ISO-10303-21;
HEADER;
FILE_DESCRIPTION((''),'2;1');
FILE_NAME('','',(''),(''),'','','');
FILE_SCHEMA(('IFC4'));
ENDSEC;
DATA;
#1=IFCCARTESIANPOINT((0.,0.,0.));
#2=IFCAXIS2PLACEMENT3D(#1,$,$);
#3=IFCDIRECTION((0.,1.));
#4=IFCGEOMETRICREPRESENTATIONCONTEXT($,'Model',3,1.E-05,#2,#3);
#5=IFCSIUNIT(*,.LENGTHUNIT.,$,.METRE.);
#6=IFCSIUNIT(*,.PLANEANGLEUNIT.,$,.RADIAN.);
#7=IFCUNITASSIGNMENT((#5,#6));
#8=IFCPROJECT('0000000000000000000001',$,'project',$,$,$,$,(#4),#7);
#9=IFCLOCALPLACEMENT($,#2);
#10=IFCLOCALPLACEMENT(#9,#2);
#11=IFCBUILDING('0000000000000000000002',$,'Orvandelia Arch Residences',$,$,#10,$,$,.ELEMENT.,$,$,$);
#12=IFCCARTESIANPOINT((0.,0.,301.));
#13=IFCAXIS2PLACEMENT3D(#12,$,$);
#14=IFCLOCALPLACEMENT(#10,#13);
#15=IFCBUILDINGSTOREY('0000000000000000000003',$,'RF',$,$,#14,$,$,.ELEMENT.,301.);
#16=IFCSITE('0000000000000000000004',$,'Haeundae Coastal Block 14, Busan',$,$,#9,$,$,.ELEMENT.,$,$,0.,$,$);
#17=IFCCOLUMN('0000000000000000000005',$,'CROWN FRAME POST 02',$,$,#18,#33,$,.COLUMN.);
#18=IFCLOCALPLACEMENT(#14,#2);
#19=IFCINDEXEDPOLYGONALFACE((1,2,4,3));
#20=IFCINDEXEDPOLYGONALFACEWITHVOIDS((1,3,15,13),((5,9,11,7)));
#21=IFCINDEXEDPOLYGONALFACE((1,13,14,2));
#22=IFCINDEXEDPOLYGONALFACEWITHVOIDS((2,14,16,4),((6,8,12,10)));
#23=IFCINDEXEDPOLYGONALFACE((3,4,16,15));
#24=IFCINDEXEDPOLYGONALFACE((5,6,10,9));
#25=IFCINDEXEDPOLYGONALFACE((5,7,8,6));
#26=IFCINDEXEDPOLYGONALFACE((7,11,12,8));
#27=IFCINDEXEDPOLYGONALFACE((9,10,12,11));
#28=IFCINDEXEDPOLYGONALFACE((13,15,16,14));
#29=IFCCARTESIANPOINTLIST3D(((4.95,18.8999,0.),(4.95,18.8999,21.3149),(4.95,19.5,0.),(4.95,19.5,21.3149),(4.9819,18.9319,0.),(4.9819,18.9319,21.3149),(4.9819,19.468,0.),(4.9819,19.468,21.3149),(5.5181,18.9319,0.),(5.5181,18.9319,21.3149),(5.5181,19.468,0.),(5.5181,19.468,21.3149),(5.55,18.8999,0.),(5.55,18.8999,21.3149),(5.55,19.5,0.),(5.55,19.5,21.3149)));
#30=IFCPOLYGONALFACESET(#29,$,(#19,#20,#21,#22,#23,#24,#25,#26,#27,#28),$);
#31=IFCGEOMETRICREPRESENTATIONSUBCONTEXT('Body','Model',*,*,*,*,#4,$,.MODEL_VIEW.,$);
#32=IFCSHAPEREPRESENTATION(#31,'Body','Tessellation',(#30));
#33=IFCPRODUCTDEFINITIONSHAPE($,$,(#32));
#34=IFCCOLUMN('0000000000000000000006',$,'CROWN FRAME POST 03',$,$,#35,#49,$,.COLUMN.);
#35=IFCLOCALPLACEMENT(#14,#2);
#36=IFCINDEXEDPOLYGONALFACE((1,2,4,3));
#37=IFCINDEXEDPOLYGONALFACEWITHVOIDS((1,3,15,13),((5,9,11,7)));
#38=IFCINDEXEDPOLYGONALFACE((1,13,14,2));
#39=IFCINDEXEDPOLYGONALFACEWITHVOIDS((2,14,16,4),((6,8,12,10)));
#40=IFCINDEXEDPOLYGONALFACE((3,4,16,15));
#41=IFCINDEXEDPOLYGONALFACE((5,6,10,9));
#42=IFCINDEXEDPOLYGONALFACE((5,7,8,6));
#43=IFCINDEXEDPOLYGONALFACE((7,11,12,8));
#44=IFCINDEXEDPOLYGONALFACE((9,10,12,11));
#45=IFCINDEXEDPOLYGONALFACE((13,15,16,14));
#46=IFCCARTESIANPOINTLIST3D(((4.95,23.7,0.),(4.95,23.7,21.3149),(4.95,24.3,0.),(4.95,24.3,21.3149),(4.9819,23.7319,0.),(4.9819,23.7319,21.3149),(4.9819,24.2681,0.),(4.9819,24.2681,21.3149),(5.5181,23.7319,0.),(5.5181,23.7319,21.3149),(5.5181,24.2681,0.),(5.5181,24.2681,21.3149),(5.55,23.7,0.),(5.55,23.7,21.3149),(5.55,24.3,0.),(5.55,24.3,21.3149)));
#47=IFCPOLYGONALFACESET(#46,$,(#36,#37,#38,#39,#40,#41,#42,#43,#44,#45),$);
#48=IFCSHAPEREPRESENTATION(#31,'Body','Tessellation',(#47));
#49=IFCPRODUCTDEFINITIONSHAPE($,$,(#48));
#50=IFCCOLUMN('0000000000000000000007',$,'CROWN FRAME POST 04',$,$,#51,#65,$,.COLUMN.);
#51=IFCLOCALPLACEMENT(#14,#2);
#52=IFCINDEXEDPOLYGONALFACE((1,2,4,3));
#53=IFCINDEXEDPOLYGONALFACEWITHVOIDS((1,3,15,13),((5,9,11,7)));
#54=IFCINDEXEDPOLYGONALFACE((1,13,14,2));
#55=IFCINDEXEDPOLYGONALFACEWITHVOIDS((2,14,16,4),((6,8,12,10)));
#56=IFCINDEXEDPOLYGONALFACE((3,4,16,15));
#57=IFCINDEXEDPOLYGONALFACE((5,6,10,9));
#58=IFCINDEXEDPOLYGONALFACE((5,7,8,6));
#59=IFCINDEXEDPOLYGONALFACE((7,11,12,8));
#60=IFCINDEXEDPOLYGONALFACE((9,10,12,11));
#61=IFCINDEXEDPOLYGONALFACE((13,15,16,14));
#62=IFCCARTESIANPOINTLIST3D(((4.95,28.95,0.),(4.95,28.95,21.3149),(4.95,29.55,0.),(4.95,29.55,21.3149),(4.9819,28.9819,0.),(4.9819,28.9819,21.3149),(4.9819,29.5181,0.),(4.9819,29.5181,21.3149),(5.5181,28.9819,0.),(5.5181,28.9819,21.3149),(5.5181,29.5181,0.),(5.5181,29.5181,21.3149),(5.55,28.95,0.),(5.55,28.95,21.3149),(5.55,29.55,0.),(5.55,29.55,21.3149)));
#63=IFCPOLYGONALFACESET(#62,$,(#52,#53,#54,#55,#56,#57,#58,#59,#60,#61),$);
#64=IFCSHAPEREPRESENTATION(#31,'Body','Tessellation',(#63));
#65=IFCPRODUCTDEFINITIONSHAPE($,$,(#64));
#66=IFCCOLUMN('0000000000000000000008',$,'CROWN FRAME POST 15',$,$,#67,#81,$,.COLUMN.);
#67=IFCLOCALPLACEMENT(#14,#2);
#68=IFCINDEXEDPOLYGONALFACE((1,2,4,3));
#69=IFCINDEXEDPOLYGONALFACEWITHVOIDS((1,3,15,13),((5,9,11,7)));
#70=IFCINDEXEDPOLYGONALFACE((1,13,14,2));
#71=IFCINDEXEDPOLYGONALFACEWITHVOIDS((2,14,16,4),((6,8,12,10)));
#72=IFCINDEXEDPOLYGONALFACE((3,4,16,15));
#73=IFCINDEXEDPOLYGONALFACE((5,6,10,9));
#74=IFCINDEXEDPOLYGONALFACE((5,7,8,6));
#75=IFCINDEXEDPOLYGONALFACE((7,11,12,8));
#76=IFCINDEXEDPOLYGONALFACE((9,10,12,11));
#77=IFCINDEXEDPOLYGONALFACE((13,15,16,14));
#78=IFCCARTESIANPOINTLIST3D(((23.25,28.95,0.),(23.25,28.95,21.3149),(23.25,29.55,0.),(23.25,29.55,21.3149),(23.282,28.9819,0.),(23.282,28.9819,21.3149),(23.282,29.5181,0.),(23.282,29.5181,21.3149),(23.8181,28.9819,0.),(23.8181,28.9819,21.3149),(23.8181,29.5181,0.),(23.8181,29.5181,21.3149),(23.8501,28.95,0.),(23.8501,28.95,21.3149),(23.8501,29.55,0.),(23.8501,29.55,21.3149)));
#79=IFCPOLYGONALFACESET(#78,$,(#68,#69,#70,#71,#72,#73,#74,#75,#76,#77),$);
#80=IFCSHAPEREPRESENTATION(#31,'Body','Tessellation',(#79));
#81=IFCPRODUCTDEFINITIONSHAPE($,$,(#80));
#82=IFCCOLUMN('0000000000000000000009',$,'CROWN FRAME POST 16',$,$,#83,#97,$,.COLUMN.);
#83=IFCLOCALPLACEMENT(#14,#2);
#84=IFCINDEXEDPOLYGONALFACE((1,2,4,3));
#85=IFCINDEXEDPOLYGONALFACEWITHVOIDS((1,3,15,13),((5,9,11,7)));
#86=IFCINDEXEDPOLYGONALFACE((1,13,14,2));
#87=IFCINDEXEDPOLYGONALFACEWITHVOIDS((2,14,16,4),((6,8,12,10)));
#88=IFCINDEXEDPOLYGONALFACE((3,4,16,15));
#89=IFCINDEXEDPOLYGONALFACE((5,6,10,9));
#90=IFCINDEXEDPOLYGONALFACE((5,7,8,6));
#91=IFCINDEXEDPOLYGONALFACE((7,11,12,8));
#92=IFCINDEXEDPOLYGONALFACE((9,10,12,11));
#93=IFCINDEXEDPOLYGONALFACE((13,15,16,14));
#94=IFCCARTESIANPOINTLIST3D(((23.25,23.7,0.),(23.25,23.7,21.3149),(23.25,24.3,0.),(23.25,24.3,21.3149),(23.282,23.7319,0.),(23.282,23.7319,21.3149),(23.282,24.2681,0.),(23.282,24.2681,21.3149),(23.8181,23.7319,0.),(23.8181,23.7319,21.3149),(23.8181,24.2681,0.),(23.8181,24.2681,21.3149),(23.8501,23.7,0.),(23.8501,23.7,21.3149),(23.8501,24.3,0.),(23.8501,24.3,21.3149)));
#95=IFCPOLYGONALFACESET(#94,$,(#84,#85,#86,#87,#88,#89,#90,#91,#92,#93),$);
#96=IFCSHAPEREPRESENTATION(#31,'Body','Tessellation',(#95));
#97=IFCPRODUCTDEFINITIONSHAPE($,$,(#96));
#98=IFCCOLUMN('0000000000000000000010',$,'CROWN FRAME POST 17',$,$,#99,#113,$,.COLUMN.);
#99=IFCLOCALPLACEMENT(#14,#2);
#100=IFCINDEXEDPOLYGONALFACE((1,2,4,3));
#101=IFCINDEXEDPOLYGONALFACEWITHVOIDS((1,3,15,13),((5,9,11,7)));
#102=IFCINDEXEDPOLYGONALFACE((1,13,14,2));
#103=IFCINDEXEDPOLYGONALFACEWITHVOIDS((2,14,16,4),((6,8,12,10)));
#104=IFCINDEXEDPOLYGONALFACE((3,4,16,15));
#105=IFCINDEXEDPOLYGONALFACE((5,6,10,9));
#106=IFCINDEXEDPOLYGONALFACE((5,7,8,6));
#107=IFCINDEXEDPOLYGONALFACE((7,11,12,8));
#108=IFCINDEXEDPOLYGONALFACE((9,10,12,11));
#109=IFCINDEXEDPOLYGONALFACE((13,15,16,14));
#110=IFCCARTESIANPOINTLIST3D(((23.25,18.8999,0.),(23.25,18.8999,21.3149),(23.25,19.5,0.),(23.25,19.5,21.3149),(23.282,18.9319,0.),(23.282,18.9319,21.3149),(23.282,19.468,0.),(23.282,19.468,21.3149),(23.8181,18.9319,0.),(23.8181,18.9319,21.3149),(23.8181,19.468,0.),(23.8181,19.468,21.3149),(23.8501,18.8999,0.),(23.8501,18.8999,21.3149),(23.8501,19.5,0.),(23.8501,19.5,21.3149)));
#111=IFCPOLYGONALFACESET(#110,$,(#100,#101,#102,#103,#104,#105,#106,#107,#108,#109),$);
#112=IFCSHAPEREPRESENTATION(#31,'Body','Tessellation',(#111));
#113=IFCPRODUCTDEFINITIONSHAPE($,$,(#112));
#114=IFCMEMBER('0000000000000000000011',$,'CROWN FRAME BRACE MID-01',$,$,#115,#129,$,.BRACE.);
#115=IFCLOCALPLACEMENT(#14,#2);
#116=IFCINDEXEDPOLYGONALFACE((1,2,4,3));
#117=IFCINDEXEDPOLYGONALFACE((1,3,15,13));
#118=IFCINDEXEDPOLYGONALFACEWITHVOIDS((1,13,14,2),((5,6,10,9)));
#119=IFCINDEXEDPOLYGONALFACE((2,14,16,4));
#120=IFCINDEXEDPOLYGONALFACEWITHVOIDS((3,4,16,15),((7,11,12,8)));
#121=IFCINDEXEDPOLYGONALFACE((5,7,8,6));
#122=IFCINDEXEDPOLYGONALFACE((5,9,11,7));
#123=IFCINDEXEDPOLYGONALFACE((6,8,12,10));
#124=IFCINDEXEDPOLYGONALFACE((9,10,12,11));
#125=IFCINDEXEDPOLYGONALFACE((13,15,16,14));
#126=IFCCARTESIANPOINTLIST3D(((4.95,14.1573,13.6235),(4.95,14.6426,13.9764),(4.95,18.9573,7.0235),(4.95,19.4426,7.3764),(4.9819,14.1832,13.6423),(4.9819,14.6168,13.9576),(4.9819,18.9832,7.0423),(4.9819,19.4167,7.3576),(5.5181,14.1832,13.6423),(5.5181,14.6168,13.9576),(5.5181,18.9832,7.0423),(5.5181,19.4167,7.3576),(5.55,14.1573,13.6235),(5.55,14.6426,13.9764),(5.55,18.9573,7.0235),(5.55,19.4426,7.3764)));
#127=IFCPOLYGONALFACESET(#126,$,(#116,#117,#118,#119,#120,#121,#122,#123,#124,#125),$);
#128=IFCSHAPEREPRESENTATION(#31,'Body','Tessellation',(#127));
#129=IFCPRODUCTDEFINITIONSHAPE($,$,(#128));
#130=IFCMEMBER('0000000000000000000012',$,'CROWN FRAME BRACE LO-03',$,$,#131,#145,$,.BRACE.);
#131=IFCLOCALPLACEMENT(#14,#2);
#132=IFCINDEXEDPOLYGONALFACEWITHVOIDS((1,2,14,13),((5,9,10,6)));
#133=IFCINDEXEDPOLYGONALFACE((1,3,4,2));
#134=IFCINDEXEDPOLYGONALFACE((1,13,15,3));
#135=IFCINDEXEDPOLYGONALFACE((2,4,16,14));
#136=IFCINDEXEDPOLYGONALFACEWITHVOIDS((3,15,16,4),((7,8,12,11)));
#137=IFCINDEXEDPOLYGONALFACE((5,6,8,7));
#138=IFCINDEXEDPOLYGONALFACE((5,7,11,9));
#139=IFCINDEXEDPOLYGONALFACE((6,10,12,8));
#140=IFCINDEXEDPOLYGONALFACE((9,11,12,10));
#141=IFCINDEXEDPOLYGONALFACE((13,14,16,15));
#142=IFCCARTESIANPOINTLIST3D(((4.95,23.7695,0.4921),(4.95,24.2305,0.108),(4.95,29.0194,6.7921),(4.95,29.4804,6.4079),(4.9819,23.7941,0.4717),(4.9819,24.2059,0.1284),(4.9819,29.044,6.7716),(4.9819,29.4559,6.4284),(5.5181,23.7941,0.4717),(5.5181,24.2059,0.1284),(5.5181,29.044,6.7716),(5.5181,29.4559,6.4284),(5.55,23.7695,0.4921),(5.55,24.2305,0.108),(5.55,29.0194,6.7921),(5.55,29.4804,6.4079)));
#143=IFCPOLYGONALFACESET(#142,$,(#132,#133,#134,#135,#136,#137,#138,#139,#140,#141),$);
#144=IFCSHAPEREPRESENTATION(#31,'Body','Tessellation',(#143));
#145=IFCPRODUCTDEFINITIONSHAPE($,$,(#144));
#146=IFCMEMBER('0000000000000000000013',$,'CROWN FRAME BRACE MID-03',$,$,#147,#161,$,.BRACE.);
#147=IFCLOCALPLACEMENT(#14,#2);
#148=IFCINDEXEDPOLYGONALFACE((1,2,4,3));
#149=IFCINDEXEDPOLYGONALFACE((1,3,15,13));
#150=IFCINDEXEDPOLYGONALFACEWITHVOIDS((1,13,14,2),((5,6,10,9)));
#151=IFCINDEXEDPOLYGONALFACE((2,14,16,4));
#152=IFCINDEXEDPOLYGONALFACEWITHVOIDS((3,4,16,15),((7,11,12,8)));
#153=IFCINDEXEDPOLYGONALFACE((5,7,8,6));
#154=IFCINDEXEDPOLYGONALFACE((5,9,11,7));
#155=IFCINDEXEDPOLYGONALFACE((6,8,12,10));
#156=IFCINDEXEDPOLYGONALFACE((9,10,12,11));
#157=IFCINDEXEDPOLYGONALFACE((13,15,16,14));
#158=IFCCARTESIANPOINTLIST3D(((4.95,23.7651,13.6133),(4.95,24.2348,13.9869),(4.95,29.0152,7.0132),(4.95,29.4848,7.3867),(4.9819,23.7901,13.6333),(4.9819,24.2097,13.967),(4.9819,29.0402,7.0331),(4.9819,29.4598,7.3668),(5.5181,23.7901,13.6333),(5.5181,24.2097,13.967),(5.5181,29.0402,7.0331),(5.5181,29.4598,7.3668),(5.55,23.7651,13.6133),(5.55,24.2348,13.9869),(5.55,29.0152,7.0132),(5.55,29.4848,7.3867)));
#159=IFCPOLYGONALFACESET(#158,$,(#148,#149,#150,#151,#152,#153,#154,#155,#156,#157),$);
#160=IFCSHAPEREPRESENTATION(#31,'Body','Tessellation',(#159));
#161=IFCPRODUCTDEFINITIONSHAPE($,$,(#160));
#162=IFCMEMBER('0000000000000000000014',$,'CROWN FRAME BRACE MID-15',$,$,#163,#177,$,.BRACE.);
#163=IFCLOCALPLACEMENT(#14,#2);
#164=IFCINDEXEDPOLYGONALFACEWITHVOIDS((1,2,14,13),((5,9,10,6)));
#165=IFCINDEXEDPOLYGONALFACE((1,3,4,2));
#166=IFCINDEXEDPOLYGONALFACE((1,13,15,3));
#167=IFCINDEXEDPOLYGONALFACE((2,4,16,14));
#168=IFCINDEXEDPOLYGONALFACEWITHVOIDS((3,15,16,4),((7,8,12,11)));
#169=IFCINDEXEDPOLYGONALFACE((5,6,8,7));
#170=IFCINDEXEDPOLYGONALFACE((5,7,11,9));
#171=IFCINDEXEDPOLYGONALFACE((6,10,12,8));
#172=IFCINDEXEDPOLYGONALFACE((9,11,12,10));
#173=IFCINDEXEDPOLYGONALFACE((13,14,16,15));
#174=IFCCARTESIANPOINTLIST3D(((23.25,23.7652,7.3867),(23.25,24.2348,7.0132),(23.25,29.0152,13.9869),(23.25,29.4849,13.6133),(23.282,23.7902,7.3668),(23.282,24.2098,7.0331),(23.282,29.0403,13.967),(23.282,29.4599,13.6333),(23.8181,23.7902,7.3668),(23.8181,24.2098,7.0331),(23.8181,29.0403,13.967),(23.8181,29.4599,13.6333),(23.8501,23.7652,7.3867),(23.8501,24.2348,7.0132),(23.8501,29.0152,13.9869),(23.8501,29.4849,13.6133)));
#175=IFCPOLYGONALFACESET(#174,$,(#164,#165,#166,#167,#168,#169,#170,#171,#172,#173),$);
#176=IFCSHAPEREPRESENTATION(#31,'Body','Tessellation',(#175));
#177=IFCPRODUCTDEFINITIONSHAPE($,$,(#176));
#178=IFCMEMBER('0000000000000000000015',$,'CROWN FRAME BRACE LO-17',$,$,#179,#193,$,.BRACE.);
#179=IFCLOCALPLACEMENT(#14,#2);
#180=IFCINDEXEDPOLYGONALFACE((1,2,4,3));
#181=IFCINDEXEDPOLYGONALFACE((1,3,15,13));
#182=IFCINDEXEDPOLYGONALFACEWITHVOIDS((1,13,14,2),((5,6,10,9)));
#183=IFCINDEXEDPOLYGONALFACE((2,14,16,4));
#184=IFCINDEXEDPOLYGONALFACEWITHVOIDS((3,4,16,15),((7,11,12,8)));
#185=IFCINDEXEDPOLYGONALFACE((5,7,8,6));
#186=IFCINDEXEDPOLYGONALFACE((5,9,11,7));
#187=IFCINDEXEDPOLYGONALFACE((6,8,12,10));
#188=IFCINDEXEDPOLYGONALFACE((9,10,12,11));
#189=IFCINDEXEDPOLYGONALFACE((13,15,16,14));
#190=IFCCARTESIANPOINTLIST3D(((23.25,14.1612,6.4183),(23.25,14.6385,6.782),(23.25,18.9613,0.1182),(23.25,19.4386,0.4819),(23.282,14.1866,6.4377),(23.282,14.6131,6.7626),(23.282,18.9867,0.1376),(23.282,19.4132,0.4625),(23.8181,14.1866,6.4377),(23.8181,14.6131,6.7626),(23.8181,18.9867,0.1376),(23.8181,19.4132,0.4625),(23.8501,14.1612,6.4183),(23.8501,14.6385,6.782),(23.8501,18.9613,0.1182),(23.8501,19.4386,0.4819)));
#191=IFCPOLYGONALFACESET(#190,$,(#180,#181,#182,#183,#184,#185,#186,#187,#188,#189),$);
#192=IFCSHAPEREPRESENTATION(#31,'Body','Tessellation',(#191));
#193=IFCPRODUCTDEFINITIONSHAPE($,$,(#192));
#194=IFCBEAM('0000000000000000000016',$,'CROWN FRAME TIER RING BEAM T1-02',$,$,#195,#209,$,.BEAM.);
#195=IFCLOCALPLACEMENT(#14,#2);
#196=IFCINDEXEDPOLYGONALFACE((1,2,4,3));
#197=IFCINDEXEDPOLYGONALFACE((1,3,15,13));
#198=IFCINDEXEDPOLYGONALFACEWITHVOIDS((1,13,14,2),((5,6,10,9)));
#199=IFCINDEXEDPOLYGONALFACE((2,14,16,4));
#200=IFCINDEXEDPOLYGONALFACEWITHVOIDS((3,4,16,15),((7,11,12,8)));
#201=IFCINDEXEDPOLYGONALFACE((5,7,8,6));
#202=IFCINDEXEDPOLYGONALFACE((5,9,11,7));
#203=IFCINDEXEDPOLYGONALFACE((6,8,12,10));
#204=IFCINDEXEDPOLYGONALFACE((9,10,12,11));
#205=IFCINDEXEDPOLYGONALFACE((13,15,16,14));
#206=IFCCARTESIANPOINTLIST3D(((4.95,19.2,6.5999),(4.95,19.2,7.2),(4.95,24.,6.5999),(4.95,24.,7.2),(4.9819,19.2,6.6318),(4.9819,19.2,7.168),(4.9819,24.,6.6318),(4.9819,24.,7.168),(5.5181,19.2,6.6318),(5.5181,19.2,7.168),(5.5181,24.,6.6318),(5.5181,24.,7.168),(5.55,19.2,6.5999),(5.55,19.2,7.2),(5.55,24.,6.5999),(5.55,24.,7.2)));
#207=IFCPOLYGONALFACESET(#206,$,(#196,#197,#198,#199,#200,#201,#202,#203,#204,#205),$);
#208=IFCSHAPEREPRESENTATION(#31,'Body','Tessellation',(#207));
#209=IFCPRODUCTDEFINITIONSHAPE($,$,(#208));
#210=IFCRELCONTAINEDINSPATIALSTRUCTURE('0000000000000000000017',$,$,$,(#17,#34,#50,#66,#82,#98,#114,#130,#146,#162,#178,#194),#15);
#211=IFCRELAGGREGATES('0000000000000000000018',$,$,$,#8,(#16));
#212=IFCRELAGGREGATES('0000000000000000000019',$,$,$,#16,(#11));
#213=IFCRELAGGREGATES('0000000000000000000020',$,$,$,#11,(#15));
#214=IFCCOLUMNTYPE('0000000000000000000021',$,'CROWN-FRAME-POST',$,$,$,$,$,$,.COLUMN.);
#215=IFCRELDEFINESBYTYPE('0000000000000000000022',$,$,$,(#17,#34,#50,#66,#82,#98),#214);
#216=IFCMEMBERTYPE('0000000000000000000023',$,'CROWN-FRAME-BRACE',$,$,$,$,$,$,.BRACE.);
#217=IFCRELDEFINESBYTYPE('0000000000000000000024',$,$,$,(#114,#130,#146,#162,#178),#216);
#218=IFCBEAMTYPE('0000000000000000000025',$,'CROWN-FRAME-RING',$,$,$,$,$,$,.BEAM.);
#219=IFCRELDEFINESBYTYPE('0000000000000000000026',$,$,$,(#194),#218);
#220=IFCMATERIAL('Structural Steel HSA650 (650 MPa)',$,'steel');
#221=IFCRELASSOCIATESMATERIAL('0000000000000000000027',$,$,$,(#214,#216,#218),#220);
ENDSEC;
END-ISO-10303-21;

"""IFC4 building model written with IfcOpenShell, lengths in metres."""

from ifc_helpers import new_model, si_unit, direction, frame, origin, origin_2d, place, context, subcontext, project, spatial, hollow_rectangle, extrude, material, material_profile, profile_set, type_object, element, save


model = new_model("IFC4")

# Units and contexts
model_context = context("Model", 3, precision=1e-05, world=origin(), true_north=direction((0.0, 1.0)))
body_context = subcontext(model_context, "Body", "Model", "MODEL_VIEW")
ifc_project = project(units=[si_unit("LENGTHUNIT", "METRE"), si_unit("PLANEANGLEUNIT", "RADIAN")], contexts=[model_context])

# Site, building, storey
site_placement = place(None, origin())
site = spatial("IfcSite", under=ifc_project, at=site_placement, Name="Haeundae Coastal Block 14, Busan", CompositionType="ELEMENT", RefElevation=0.0)
building_placement = place(site_placement, origin())
building = spatial("IfcBuilding", under=site, at=building_placement, Name="Orvandelia Arch Residences", CompositionType="ELEMENT")
storey_placement = place(building_placement, frame((0.0, 0.0, 301.0)))
storey = spatial("IfcBuildingStorey", under=building, at=storey_placement, Name="RF", CompositionType="ELEMENT", Elevation=301.0)

# Columns
ifc_material_1 = material(Name="Structural Steel HSA650 (650 MPa)", Category="steel")
ifc_material_profile_1 = material_profile(ifc_material_1, hollow_rectangle(XDim=0.6001, YDim=0.6001, WallThickness=0.032, at=origin_2d()), Name="Structural Steel HSA650 (650 MPa)", Category="steel")
ifc_profile_set_1 = profile_set([ifc_material_profile_1], Name="Structural Steel HSA650 (650 MPa)")
column_type = type_object("IfcColumnType", Name="CROWN-FRAME-POST", PredefinedType="COLUMN", material=ifc_profile_set_1)
for number, where, z_axis, x_axis, name in (
    (1, (5.25, 19.2, 0.0), (0.0, 0.0, 1.0), (1.0, 0.0, 0.0), "CROWN FRAME POST 02"),
    (2, (5.25, 24.0, 0.0), (0.0, 0.0, 1.0), (1.0, 0.0, 0.0), "CROWN FRAME POST 03"),
    (3, (5.25, 29.25, 0.0), (0.0, 0.0, 1.0), (1.0, 0.0, 0.0), "CROWN FRAME POST 04"),
    (4, (23.55, 29.25, 0.0), (0.0, 0.0, 1.0), (1.0, 0.0, 0.0), "CROWN FRAME POST 15"),
    (5, (23.55, 24.0, 0.0), (0.0, 0.0, 1.0), (1.0, 0.0, 0.0), "CROWN FRAME POST 16"),
    (6, (23.55, 19.2, 0.0), (0.0, 0.0, 1.0), (1.0, 0.0, 0.0), "CROWN FRAME POST 17"),
):
    element("IfcColumn", number, at=place(storey_placement, frame(where, z_axis=z_axis, x_axis=x_axis)), inside=storey, type_object=column_type, Name=name, PredefinedType="COLUMN", context=body_context, shape_type="SweptSolid", body=[
        extrude(hollow_rectangle(XDim=0.6001, YDim=0.6001, WallThickness=0.032, at=origin_2d()), origin(), (0.0, 0.0, 1.0), 21.3149),
    ])

# Members
ifc_material_profile_2 = material_profile(ifc_material_1, hollow_rectangle(XDim=0.6001, YDim=0.6001, WallThickness=0.032, at=origin_2d()), Name="Structural Steel HSA650 (650 MPa)", Category="steel")
ifc_profile_set_2 = profile_set([ifc_material_profile_2], Name="Structural Steel HSA650 (650 MPa)")
member_type = type_object("IfcMemberType", Name="CROWN-FRAME-BRACE", PredefinedType="BRACE", material=ifc_profile_set_2)
member_1_placement = place(storey_placement, frame((5.25, 19.2, 7.2), z_axis=(0.0, -0.58817, 0.808737), x_axis=(1.0, 0.0, 0.0)))
element("IfcMember", 7, at=member_1_placement, inside=storey, type_object=member_type, Name="CROWN FRAME BRACE MID-01", PredefinedType="BRACE", context=body_context, shape_type="SweptSolid", body=[
    extrude(hollow_rectangle(XDim=0.6001, YDim=0.6001, WallThickness=0.032, at=origin_2d()), origin(), (0.0, 0.0, 1.0), 8.1609),
])
member_2_placement = place(storey_placement, frame((5.25, 24.0, 0.3), z_axis=(0.0, 0.640181, 0.768224), x_axis=(-1.0, 0.0, 0.0)))
element("IfcMember", 8, at=member_2_placement, inside=storey, type_object=member_type, Name="CROWN FRAME BRACE LO-03", PredefinedType="BRACE", context=body_context, shape_type="SweptSolid", body=[
    extrude(hollow_rectangle(XDim=0.6001, YDim=0.6001, WallThickness=0.032, at=origin_2d()), origin(), (0.0, 0.0, 1.0), 8.2007),
])
for number, where, z_axis, x_axis, name in (
    (9, (5.25, 29.25, 7.2), (0.0, -0.622518, 0.782606), (1.0, 0.0, 0.0), "CROWN FRAME BRACE MID-03"),
    (10, (23.55, 24.0, 7.2), (0.0, 0.622518, 0.782606), (-1.0, 0.0, 0.0), "CROWN FRAME BRACE MID-15"),
):
    element("IfcMember", number, at=place(storey_placement, frame(where, z_axis=z_axis, x_axis=x_axis)), inside=storey, type_object=member_type, Name=name, PredefinedType="BRACE", context=body_context, shape_type="SweptSolid", body=[
        extrude(hollow_rectangle(XDim=0.6001, YDim=0.6001, WallThickness=0.032, at=origin_2d()), origin(), (0.0, 0.0, 1.0), 8.4336),
    ])
member_3_placement = place(storey_placement, frame((23.55, 19.2, 0.3), z_axis=(0.0, -0.606044, 0.795431), x_axis=(1.0, 0.0, 0.0)))
element("IfcMember", 11, at=member_3_placement, inside=storey, type_object=member_type, Name="CROWN FRAME BRACE LO-17", PredefinedType="BRACE", context=body_context, shape_type="SweptSolid", body=[
    extrude(hollow_rectangle(XDim=0.6001, YDim=0.6001, WallThickness=0.032, at=origin_2d()), origin(), (0.0, 0.0, 1.0), 7.9204),
])

# Beam
ifc_material_profile_3 = material_profile(ifc_material_1, hollow_rectangle(XDim=0.6001, YDim=0.6001, WallThickness=0.032, at=origin_2d()), Name="Structural Steel HSA650 (650 MPa)", Category="steel")
ifc_profile_set_3 = profile_set([ifc_material_profile_3], Name="Structural Steel HSA650 (650 MPa)")
beam_type = type_object("IfcBeamType", Name="CROWN-FRAME-RING", PredefinedType="BEAM", material=ifc_profile_set_3)
beam_1_placement = place(storey_placement, frame((5.25, 19.2, 6.8999), z_axis=(0.0, 1.0, 0.0), x_axis=(-1.0, 0.0, 0.0)))
element("IfcBeam", 12, at=beam_1_placement, inside=storey, type_object=beam_type, Name="CROWN FRAME TIER RING BEAM T1-02", PredefinedType="BEAM", context=body_context, shape_type="SweptSolid", body=[
    extrude(hollow_rectangle(XDim=0.6001, YDim=0.6001, WallThickness=0.032, at=origin_2d()), origin(), (0.0, 0.0, 1.0), 4.8),
])

save(model, "model.ifc")
